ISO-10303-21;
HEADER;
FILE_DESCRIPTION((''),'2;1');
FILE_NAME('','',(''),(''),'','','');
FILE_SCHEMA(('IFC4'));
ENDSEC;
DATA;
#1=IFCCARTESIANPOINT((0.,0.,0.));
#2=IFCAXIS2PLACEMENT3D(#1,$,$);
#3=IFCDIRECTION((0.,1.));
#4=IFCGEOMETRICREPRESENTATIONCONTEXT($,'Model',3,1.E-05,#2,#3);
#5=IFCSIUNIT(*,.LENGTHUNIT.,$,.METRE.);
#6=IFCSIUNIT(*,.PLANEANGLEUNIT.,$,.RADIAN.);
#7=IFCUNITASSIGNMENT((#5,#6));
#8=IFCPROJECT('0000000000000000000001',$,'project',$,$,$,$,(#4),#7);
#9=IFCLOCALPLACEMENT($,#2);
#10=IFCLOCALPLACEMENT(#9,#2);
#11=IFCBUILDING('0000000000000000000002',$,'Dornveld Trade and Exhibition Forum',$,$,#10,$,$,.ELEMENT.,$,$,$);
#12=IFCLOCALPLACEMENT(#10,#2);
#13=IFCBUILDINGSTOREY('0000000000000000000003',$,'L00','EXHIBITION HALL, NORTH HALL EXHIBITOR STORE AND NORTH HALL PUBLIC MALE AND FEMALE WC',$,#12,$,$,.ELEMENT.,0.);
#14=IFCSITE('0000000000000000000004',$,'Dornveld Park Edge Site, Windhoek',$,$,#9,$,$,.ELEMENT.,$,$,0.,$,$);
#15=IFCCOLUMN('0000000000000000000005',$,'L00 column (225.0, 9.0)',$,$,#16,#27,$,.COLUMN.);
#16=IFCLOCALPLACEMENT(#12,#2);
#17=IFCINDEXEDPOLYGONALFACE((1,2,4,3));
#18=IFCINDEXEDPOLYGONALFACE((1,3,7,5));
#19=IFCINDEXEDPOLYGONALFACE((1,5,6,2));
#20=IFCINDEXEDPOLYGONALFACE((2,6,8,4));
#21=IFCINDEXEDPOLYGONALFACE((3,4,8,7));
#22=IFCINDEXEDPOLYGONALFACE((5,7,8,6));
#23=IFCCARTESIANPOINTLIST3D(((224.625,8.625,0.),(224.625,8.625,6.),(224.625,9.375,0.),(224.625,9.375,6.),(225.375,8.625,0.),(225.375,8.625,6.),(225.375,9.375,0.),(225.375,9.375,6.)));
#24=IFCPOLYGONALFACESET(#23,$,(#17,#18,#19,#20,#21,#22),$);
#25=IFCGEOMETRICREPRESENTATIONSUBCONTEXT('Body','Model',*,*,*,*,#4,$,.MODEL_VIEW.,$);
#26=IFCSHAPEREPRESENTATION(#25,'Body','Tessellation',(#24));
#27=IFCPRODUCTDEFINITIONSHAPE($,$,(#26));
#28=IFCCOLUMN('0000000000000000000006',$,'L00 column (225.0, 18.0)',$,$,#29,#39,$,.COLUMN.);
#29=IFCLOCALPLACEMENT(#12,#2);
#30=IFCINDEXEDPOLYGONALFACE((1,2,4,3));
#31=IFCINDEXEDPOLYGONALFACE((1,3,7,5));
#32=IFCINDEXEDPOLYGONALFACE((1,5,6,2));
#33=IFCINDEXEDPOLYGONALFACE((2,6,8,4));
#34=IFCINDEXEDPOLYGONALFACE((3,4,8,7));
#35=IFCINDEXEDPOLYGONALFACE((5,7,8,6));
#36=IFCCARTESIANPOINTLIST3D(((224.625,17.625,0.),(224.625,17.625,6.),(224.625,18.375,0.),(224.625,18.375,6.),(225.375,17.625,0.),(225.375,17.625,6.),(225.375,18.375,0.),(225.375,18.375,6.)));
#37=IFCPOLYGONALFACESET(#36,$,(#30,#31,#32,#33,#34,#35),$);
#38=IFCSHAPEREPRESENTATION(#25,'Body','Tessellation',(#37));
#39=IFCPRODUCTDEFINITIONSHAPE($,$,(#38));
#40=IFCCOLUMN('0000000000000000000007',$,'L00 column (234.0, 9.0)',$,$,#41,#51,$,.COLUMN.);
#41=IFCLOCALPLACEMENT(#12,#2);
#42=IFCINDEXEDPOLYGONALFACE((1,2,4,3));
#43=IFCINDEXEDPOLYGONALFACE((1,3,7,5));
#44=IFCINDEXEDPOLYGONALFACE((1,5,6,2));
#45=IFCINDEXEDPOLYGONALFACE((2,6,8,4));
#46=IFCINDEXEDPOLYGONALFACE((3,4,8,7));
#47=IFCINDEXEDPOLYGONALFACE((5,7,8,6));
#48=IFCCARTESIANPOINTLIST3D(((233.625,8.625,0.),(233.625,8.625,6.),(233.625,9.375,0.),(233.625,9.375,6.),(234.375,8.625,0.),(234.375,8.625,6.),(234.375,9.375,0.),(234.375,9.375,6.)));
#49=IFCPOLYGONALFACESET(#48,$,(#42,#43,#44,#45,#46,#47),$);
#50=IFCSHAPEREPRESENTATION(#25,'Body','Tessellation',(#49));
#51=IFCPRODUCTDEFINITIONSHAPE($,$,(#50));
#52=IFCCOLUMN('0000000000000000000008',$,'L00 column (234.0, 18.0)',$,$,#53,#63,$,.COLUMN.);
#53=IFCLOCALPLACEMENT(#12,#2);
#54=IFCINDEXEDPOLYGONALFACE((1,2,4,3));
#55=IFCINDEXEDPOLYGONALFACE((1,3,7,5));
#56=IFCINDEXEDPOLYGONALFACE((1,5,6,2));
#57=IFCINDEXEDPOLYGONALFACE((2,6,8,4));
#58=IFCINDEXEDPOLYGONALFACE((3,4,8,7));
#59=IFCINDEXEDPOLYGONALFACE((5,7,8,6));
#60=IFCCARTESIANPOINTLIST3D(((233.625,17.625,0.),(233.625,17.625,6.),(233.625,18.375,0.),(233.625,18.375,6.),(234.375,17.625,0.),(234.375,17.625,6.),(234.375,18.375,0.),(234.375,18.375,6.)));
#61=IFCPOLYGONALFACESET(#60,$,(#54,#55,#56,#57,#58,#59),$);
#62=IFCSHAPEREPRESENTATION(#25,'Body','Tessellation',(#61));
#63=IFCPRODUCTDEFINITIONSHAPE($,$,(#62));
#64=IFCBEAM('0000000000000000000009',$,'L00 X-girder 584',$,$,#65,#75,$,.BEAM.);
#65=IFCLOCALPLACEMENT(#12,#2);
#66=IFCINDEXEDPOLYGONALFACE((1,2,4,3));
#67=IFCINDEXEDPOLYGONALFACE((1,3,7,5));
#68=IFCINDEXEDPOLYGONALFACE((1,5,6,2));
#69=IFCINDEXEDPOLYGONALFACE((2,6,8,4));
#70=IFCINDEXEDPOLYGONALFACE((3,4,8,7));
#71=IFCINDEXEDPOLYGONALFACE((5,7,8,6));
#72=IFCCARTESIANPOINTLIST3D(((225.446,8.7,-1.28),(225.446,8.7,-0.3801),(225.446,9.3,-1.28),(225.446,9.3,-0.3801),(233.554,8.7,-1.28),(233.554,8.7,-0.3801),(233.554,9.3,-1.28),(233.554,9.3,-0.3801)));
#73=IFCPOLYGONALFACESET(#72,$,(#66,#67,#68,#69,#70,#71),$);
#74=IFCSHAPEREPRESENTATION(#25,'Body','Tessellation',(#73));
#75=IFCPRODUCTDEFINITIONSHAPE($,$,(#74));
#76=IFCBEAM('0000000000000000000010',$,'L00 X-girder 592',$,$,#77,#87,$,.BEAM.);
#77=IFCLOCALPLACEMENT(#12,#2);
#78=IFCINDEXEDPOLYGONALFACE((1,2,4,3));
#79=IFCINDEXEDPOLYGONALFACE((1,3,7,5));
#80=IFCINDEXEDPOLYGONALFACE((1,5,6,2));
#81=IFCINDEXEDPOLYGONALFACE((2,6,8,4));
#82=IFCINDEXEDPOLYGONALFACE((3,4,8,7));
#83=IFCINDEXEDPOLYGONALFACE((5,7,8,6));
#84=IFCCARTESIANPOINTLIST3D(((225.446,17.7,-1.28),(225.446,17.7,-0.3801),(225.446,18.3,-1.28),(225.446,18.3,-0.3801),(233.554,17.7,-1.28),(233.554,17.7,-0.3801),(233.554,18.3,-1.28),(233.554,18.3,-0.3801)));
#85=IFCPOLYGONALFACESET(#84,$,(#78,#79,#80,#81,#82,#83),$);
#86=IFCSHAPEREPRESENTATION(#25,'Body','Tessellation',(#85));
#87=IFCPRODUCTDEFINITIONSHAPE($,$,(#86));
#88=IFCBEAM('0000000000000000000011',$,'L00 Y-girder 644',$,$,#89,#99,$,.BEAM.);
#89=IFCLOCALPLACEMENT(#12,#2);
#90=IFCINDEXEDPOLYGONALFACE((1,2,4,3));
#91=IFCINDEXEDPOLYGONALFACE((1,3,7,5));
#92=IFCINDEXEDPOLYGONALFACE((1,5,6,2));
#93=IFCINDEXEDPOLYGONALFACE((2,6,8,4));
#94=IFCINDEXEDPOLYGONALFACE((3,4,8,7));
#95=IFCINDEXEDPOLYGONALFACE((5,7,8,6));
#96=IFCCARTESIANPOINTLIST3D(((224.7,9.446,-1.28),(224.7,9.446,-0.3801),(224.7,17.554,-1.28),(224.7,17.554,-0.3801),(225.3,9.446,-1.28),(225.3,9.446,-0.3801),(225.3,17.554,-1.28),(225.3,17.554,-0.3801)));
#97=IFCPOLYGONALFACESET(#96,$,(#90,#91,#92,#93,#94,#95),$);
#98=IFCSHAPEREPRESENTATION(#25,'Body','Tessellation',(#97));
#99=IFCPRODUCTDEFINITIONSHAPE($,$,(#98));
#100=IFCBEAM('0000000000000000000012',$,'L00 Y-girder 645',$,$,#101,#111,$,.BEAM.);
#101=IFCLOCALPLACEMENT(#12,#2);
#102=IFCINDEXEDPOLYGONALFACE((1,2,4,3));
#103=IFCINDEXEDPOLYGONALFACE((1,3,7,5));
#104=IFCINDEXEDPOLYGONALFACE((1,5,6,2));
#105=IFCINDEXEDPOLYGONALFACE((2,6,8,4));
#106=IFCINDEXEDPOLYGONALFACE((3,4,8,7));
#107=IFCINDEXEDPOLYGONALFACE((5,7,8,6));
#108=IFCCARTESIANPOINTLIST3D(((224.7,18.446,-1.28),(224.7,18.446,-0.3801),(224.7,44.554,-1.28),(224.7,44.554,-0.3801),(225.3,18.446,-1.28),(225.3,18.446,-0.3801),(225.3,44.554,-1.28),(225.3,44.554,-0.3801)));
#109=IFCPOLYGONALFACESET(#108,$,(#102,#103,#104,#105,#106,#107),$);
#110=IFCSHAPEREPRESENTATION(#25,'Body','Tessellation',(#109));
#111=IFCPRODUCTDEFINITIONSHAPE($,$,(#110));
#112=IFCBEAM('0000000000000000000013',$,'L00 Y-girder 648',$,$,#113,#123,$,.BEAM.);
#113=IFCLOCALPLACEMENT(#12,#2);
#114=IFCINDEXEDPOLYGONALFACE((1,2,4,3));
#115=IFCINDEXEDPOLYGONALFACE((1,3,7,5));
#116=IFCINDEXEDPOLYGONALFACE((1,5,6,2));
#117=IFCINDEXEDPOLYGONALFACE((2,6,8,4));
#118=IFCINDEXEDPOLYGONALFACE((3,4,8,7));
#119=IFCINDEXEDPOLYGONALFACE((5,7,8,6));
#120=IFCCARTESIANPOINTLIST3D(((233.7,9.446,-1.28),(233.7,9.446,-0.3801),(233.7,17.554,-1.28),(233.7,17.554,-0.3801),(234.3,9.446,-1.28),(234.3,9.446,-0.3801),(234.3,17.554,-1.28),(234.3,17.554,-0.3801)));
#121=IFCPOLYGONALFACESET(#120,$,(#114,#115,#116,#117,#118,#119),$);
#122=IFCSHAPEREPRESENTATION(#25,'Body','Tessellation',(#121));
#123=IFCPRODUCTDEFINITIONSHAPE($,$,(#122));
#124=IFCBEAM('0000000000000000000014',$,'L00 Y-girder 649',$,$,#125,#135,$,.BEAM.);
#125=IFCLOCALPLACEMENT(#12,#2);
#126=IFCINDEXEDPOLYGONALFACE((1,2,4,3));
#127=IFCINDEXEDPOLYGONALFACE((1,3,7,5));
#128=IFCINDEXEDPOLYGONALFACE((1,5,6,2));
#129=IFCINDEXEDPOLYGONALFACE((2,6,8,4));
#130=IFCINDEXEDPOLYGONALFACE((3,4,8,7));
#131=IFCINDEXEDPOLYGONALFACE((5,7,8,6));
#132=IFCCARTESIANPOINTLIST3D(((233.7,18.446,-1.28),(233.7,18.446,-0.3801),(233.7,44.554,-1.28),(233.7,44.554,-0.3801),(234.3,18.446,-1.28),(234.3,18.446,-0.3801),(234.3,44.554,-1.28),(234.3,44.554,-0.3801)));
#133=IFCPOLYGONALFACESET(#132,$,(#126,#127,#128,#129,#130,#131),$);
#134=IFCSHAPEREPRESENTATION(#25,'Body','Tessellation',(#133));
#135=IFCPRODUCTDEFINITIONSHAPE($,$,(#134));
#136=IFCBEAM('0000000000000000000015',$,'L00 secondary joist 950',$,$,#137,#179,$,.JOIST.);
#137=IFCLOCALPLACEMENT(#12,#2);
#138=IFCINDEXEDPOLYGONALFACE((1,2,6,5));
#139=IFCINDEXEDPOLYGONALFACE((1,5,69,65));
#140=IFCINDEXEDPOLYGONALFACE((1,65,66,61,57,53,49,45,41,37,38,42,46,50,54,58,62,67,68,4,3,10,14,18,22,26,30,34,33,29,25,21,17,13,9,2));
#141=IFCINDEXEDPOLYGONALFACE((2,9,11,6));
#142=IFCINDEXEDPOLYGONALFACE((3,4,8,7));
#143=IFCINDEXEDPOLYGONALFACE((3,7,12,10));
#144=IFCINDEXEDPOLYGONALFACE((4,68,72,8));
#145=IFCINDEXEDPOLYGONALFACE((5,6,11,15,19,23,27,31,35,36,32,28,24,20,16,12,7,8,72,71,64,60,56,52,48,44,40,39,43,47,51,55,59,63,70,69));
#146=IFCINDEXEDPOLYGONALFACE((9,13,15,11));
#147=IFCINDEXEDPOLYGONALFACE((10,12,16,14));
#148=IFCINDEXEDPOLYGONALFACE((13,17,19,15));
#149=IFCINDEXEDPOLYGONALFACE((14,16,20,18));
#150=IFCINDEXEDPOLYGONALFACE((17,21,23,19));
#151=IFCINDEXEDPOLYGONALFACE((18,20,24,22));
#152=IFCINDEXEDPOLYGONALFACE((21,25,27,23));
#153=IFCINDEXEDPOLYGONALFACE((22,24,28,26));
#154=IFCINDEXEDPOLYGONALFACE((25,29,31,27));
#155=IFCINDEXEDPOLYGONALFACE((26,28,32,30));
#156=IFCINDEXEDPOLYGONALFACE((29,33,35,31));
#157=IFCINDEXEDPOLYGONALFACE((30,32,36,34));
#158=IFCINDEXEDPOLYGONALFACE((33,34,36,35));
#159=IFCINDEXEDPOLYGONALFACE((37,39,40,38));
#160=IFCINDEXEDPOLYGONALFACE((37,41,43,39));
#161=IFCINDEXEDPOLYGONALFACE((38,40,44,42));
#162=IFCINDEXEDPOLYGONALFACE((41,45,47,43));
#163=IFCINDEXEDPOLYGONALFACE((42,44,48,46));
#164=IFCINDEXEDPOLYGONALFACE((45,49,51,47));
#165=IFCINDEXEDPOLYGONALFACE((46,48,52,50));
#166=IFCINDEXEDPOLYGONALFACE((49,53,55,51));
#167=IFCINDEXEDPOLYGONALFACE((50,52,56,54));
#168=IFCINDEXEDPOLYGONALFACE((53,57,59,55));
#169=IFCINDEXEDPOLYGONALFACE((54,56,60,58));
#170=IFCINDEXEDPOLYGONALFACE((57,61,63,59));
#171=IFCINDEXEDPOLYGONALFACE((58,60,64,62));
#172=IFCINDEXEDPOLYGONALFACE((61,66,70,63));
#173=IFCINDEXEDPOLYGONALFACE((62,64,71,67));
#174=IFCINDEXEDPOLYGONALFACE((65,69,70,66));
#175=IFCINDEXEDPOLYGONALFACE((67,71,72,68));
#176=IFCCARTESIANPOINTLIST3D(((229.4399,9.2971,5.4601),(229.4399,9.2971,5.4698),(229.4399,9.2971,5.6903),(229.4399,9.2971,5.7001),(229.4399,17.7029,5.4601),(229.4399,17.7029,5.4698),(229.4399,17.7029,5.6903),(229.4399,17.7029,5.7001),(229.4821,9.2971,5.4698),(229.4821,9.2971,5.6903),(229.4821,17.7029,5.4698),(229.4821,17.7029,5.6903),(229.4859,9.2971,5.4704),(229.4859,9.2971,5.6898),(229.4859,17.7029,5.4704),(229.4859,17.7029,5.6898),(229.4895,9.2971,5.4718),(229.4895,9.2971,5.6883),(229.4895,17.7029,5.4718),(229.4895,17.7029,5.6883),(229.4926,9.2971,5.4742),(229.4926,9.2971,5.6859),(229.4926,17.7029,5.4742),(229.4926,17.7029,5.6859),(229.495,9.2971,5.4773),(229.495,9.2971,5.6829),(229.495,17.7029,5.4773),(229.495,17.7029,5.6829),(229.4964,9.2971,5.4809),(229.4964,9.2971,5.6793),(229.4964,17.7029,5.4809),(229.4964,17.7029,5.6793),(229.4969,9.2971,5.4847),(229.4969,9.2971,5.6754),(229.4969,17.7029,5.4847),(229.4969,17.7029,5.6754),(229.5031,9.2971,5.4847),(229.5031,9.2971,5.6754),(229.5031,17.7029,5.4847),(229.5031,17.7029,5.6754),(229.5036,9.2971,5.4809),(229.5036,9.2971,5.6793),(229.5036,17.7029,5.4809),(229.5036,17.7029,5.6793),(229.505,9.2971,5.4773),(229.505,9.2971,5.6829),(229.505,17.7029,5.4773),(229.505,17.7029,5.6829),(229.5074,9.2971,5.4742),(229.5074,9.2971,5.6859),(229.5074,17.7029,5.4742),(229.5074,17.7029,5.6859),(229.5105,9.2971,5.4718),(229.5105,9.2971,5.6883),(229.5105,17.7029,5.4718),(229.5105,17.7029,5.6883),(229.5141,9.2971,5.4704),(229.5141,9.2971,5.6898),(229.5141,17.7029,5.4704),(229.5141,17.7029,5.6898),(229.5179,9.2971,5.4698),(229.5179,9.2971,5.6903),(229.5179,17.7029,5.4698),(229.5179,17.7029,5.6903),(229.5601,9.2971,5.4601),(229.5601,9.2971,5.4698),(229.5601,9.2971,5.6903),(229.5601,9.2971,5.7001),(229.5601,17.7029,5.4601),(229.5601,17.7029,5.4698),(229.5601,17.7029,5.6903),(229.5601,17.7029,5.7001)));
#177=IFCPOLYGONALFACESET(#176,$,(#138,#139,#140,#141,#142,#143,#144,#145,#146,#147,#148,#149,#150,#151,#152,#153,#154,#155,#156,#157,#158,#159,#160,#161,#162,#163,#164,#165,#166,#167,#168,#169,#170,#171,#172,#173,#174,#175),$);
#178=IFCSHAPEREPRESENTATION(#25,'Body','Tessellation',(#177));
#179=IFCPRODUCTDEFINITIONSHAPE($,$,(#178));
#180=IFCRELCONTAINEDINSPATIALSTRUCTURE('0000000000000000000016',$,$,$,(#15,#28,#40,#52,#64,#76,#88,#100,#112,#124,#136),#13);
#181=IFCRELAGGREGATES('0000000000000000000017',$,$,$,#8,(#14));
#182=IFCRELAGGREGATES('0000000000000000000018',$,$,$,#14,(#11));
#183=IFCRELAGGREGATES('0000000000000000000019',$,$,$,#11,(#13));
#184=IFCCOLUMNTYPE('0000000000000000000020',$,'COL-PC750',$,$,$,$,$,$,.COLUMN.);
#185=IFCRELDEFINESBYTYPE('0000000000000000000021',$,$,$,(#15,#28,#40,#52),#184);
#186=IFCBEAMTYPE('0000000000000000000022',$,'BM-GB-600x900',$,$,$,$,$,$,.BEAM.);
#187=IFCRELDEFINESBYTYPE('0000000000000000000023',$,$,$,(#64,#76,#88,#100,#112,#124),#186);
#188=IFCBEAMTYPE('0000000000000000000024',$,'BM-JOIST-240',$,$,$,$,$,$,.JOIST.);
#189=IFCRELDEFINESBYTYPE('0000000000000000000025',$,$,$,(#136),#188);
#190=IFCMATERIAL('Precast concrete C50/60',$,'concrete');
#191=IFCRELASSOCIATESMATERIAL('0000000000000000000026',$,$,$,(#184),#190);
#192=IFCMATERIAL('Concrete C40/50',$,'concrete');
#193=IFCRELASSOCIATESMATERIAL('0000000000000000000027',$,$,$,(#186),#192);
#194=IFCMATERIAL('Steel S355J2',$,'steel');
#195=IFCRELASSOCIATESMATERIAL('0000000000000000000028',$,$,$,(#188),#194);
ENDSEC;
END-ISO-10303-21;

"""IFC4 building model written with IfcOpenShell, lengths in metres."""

from ifc_helpers import new_model, si_unit, direction, frame, origin, origin_2d, place, context, subcontext, project, spatial, rectangle, i_section, extrude, material, material_profile, profile_set, type_object, element, save


model = new_model("IFC4")

# Units and contexts
model_context = context("Model", 3, precision=1e-05, world=origin(), true_north=direction((0.0, 1.0)))
body_context = subcontext(model_context, "Body", "Model", "MODEL_VIEW")
ifc_project = project(units=[si_unit("LENGTHUNIT", "METRE"), si_unit("PLANEANGLEUNIT", "RADIAN")], contexts=[model_context])

# Site, building, storey
site_placement = place(None, origin())
site = spatial("IfcSite", under=ifc_project, at=site_placement, Name="Dornveld Park Edge Site, Windhoek", CompositionType="ELEMENT", RefElevation=0.0)
building_placement = place(site_placement, origin())
building = spatial("IfcBuilding", under=site, at=building_placement, Name="Dornveld Trade and Exhibition Forum", CompositionType="ELEMENT")
storey_placement = place(building_placement, origin())
storey = spatial("IfcBuildingStorey", under=building, at=storey_placement, Name="L00", Description="EXHIBITION HALL, NORTH HALL EXHIBITOR STORE AND NORTH HALL PUBLIC MALE AND FEMALE WC", CompositionType="ELEMENT", Elevation=0.0)

# Columns
ifc_material_1 = material(Name="Precast concrete C50/60", Category="concrete")
ifc_material_profile_1 = material_profile(ifc_material_1, rectangle(XDim=0.75, YDim=0.75, at=origin_2d()), Name="PC-COL 750x750")
ifc_profile_set_1 = profile_set([ifc_material_profile_1], Name="Precast concrete C50/60")
column_type = type_object("IfcColumnType", Name="COL-PC750", PredefinedType="COLUMN", material=ifc_profile_set_1)
for number, where, z_axis, x_axis, name in (
    (1, (225.0, 9.0, 0.0), (0.0, 0.0, 1.0), (1.0, 0.0, 0.0), "L00 column (225.0, 9.0)"),
    (2, (225.0, 18.0, 0.0), (0.0, 0.0, 1.0), (1.0, 0.0, 0.0), "L00 column (225.0, 18.0)"),
    (3, (234.0, 9.0, 0.0), (0.0, 0.0, 1.0), (1.0, 0.0, 0.0), "L00 column (234.0, 9.0)"),
    (4, (234.0, 18.0, 0.0), (0.0, 0.0, 1.0), (1.0, 0.0, 0.0), "L00 column (234.0, 18.0)"),
):
    element("IfcColumn", number, at=place(storey_placement, frame(where, z_axis=z_axis, x_axis=x_axis)), inside=storey, type_object=column_type, Name=name, PredefinedType="COLUMN", context=body_context, shape_type="SweptSolid", body=[
        extrude(rectangle(XDim=0.75, YDim=0.75, at=origin_2d()), origin(), (0.0, 0.0, 1.0), 6.0),
    ])

# Beams
ifc_material_2 = material(Name="Concrete C40/50", Category="concrete")
ifc_material_profile_2 = material_profile(ifc_material_2, rectangle(XDim=0.6001, YDim=0.8999, at=origin_2d()), Name="RC-GB 600x900")
ifc_profile_set_2 = profile_set([ifc_material_profile_2], Name="Concrete C40/50")
beam_type_1 = type_object("IfcBeamType", Name="BM-GB-600x900", PredefinedType="BEAM", material=ifc_profile_set_2)
for number, where, z_axis, x_axis, name in (
    (5, (225.446, 9.0, -0.8301), (1.0, 0.0, 0.0), (0.0, 1.0, 0.0), "L00 X-girder 584"),
    (6, (225.446, 18.0, -0.8301), (1.0, 0.0, 0.0), (0.0, 1.0, 0.0), "L00 X-girder 592"),
    (7, (225.0, 9.446, -0.8301), (0.0, 1.0, 0.0), (-1.0, 0.0, 0.0), "L00 Y-girder 644"),
):
    element("IfcBeam", number, at=place(storey_placement, frame(where, z_axis=z_axis, x_axis=x_axis)), inside=storey, type_object=beam_type_1, Name=name, PredefinedType="BEAM", context=body_context, shape_type="SweptSolid", body=[
        extrude(rectangle(XDim=0.6001, YDim=0.8999, at=origin_2d()), origin(), (0.0, 0.0, 1.0), 8.1079),
    ])
beam_1_placement = place(storey_placement, frame((225.0, 18.446, -0.8301), z_axis=(0.0, 1.0, 0.0), x_axis=(-1.0, 0.0, 0.0)))
element("IfcBeam", 8, at=beam_1_placement, inside=storey, type_object=beam_type_1, Name="L00 Y-girder 645", PredefinedType="BEAM", context=body_context, shape_type="SweptSolid", body=[
    extrude(rectangle(XDim=0.6001, YDim=0.8999, at=origin_2d()), origin(), (0.0, 0.0, 1.0), 26.1079),
])
beam_2_placement = place(storey_placement, frame((234.0, 9.446, -0.8301), z_axis=(0.0, 1.0, 0.0), x_axis=(-1.0, 0.0, 0.0)))
element("IfcBeam", 9, at=beam_2_placement, inside=storey, type_object=beam_type_1, Name="L00 Y-girder 648", PredefinedType="BEAM", context=body_context, shape_type="SweptSolid", body=[
    extrude(rectangle(XDim=0.6001, YDim=0.8999, at=origin_2d()), origin(), (0.0, 0.0, 1.0), 8.1079),
])
beam_3_placement = place(storey_placement, frame((234.0, 18.446, -0.8301), z_axis=(0.0, 1.0, 0.0), x_axis=(-1.0, 0.0, 0.0)))
element("IfcBeam", 10, at=beam_3_placement, inside=storey, type_object=beam_type_1, Name="L00 Y-girder 649", PredefinedType="BEAM", context=body_context, shape_type="SweptSolid", body=[
    extrude(rectangle(XDim=0.6001, YDim=0.8999, at=origin_2d()), origin(), (0.0, 0.0, 1.0), 26.1079),
])
ifc_material_3 = material(Name="Steel S355J2", Category="steel")
ifc_material_profile_3 = material_profile(ifc_material_3, i_section(OverallWidth=0.1201, OverallDepth=0.24, WebThickness=0.0061, FlangeThickness=0.0098, FilletRadius=0.0149, at=origin_2d()), Name="IPE 240")
ifc_profile_set_3 = profile_set([ifc_material_profile_3], Name="Steel S355J2")
beam_type_2 = type_object("IfcBeamType", Name="BM-JOIST-240", PredefinedType="JOIST", material=ifc_profile_set_3)
for number, where, z_axis, x_axis, name in (
    (11, (229.5, 9.2971, 5.5801), (0.0, 1.0, 0.0), (-1.0, 0.0, 0.0), "L00 secondary joist 950"),
):
    element("IfcBeam", number, at=place(storey_placement, frame(where, z_axis=z_axis, x_axis=x_axis)), inside=storey, type_object=beam_type_2, Name=name, PredefinedType="JOIST", context=body_context, shape_type="SweptSolid", body=[
        extrude(i_section(OverallWidth=0.1201, OverallDepth=0.24, WebThickness=0.0061, FlangeThickness=0.0098, FilletRadius=0.0149, at=origin_2d()), origin(), (0.0, 0.0, 1.0), 8.4058),
    ])

save(model, "model.ifc")
